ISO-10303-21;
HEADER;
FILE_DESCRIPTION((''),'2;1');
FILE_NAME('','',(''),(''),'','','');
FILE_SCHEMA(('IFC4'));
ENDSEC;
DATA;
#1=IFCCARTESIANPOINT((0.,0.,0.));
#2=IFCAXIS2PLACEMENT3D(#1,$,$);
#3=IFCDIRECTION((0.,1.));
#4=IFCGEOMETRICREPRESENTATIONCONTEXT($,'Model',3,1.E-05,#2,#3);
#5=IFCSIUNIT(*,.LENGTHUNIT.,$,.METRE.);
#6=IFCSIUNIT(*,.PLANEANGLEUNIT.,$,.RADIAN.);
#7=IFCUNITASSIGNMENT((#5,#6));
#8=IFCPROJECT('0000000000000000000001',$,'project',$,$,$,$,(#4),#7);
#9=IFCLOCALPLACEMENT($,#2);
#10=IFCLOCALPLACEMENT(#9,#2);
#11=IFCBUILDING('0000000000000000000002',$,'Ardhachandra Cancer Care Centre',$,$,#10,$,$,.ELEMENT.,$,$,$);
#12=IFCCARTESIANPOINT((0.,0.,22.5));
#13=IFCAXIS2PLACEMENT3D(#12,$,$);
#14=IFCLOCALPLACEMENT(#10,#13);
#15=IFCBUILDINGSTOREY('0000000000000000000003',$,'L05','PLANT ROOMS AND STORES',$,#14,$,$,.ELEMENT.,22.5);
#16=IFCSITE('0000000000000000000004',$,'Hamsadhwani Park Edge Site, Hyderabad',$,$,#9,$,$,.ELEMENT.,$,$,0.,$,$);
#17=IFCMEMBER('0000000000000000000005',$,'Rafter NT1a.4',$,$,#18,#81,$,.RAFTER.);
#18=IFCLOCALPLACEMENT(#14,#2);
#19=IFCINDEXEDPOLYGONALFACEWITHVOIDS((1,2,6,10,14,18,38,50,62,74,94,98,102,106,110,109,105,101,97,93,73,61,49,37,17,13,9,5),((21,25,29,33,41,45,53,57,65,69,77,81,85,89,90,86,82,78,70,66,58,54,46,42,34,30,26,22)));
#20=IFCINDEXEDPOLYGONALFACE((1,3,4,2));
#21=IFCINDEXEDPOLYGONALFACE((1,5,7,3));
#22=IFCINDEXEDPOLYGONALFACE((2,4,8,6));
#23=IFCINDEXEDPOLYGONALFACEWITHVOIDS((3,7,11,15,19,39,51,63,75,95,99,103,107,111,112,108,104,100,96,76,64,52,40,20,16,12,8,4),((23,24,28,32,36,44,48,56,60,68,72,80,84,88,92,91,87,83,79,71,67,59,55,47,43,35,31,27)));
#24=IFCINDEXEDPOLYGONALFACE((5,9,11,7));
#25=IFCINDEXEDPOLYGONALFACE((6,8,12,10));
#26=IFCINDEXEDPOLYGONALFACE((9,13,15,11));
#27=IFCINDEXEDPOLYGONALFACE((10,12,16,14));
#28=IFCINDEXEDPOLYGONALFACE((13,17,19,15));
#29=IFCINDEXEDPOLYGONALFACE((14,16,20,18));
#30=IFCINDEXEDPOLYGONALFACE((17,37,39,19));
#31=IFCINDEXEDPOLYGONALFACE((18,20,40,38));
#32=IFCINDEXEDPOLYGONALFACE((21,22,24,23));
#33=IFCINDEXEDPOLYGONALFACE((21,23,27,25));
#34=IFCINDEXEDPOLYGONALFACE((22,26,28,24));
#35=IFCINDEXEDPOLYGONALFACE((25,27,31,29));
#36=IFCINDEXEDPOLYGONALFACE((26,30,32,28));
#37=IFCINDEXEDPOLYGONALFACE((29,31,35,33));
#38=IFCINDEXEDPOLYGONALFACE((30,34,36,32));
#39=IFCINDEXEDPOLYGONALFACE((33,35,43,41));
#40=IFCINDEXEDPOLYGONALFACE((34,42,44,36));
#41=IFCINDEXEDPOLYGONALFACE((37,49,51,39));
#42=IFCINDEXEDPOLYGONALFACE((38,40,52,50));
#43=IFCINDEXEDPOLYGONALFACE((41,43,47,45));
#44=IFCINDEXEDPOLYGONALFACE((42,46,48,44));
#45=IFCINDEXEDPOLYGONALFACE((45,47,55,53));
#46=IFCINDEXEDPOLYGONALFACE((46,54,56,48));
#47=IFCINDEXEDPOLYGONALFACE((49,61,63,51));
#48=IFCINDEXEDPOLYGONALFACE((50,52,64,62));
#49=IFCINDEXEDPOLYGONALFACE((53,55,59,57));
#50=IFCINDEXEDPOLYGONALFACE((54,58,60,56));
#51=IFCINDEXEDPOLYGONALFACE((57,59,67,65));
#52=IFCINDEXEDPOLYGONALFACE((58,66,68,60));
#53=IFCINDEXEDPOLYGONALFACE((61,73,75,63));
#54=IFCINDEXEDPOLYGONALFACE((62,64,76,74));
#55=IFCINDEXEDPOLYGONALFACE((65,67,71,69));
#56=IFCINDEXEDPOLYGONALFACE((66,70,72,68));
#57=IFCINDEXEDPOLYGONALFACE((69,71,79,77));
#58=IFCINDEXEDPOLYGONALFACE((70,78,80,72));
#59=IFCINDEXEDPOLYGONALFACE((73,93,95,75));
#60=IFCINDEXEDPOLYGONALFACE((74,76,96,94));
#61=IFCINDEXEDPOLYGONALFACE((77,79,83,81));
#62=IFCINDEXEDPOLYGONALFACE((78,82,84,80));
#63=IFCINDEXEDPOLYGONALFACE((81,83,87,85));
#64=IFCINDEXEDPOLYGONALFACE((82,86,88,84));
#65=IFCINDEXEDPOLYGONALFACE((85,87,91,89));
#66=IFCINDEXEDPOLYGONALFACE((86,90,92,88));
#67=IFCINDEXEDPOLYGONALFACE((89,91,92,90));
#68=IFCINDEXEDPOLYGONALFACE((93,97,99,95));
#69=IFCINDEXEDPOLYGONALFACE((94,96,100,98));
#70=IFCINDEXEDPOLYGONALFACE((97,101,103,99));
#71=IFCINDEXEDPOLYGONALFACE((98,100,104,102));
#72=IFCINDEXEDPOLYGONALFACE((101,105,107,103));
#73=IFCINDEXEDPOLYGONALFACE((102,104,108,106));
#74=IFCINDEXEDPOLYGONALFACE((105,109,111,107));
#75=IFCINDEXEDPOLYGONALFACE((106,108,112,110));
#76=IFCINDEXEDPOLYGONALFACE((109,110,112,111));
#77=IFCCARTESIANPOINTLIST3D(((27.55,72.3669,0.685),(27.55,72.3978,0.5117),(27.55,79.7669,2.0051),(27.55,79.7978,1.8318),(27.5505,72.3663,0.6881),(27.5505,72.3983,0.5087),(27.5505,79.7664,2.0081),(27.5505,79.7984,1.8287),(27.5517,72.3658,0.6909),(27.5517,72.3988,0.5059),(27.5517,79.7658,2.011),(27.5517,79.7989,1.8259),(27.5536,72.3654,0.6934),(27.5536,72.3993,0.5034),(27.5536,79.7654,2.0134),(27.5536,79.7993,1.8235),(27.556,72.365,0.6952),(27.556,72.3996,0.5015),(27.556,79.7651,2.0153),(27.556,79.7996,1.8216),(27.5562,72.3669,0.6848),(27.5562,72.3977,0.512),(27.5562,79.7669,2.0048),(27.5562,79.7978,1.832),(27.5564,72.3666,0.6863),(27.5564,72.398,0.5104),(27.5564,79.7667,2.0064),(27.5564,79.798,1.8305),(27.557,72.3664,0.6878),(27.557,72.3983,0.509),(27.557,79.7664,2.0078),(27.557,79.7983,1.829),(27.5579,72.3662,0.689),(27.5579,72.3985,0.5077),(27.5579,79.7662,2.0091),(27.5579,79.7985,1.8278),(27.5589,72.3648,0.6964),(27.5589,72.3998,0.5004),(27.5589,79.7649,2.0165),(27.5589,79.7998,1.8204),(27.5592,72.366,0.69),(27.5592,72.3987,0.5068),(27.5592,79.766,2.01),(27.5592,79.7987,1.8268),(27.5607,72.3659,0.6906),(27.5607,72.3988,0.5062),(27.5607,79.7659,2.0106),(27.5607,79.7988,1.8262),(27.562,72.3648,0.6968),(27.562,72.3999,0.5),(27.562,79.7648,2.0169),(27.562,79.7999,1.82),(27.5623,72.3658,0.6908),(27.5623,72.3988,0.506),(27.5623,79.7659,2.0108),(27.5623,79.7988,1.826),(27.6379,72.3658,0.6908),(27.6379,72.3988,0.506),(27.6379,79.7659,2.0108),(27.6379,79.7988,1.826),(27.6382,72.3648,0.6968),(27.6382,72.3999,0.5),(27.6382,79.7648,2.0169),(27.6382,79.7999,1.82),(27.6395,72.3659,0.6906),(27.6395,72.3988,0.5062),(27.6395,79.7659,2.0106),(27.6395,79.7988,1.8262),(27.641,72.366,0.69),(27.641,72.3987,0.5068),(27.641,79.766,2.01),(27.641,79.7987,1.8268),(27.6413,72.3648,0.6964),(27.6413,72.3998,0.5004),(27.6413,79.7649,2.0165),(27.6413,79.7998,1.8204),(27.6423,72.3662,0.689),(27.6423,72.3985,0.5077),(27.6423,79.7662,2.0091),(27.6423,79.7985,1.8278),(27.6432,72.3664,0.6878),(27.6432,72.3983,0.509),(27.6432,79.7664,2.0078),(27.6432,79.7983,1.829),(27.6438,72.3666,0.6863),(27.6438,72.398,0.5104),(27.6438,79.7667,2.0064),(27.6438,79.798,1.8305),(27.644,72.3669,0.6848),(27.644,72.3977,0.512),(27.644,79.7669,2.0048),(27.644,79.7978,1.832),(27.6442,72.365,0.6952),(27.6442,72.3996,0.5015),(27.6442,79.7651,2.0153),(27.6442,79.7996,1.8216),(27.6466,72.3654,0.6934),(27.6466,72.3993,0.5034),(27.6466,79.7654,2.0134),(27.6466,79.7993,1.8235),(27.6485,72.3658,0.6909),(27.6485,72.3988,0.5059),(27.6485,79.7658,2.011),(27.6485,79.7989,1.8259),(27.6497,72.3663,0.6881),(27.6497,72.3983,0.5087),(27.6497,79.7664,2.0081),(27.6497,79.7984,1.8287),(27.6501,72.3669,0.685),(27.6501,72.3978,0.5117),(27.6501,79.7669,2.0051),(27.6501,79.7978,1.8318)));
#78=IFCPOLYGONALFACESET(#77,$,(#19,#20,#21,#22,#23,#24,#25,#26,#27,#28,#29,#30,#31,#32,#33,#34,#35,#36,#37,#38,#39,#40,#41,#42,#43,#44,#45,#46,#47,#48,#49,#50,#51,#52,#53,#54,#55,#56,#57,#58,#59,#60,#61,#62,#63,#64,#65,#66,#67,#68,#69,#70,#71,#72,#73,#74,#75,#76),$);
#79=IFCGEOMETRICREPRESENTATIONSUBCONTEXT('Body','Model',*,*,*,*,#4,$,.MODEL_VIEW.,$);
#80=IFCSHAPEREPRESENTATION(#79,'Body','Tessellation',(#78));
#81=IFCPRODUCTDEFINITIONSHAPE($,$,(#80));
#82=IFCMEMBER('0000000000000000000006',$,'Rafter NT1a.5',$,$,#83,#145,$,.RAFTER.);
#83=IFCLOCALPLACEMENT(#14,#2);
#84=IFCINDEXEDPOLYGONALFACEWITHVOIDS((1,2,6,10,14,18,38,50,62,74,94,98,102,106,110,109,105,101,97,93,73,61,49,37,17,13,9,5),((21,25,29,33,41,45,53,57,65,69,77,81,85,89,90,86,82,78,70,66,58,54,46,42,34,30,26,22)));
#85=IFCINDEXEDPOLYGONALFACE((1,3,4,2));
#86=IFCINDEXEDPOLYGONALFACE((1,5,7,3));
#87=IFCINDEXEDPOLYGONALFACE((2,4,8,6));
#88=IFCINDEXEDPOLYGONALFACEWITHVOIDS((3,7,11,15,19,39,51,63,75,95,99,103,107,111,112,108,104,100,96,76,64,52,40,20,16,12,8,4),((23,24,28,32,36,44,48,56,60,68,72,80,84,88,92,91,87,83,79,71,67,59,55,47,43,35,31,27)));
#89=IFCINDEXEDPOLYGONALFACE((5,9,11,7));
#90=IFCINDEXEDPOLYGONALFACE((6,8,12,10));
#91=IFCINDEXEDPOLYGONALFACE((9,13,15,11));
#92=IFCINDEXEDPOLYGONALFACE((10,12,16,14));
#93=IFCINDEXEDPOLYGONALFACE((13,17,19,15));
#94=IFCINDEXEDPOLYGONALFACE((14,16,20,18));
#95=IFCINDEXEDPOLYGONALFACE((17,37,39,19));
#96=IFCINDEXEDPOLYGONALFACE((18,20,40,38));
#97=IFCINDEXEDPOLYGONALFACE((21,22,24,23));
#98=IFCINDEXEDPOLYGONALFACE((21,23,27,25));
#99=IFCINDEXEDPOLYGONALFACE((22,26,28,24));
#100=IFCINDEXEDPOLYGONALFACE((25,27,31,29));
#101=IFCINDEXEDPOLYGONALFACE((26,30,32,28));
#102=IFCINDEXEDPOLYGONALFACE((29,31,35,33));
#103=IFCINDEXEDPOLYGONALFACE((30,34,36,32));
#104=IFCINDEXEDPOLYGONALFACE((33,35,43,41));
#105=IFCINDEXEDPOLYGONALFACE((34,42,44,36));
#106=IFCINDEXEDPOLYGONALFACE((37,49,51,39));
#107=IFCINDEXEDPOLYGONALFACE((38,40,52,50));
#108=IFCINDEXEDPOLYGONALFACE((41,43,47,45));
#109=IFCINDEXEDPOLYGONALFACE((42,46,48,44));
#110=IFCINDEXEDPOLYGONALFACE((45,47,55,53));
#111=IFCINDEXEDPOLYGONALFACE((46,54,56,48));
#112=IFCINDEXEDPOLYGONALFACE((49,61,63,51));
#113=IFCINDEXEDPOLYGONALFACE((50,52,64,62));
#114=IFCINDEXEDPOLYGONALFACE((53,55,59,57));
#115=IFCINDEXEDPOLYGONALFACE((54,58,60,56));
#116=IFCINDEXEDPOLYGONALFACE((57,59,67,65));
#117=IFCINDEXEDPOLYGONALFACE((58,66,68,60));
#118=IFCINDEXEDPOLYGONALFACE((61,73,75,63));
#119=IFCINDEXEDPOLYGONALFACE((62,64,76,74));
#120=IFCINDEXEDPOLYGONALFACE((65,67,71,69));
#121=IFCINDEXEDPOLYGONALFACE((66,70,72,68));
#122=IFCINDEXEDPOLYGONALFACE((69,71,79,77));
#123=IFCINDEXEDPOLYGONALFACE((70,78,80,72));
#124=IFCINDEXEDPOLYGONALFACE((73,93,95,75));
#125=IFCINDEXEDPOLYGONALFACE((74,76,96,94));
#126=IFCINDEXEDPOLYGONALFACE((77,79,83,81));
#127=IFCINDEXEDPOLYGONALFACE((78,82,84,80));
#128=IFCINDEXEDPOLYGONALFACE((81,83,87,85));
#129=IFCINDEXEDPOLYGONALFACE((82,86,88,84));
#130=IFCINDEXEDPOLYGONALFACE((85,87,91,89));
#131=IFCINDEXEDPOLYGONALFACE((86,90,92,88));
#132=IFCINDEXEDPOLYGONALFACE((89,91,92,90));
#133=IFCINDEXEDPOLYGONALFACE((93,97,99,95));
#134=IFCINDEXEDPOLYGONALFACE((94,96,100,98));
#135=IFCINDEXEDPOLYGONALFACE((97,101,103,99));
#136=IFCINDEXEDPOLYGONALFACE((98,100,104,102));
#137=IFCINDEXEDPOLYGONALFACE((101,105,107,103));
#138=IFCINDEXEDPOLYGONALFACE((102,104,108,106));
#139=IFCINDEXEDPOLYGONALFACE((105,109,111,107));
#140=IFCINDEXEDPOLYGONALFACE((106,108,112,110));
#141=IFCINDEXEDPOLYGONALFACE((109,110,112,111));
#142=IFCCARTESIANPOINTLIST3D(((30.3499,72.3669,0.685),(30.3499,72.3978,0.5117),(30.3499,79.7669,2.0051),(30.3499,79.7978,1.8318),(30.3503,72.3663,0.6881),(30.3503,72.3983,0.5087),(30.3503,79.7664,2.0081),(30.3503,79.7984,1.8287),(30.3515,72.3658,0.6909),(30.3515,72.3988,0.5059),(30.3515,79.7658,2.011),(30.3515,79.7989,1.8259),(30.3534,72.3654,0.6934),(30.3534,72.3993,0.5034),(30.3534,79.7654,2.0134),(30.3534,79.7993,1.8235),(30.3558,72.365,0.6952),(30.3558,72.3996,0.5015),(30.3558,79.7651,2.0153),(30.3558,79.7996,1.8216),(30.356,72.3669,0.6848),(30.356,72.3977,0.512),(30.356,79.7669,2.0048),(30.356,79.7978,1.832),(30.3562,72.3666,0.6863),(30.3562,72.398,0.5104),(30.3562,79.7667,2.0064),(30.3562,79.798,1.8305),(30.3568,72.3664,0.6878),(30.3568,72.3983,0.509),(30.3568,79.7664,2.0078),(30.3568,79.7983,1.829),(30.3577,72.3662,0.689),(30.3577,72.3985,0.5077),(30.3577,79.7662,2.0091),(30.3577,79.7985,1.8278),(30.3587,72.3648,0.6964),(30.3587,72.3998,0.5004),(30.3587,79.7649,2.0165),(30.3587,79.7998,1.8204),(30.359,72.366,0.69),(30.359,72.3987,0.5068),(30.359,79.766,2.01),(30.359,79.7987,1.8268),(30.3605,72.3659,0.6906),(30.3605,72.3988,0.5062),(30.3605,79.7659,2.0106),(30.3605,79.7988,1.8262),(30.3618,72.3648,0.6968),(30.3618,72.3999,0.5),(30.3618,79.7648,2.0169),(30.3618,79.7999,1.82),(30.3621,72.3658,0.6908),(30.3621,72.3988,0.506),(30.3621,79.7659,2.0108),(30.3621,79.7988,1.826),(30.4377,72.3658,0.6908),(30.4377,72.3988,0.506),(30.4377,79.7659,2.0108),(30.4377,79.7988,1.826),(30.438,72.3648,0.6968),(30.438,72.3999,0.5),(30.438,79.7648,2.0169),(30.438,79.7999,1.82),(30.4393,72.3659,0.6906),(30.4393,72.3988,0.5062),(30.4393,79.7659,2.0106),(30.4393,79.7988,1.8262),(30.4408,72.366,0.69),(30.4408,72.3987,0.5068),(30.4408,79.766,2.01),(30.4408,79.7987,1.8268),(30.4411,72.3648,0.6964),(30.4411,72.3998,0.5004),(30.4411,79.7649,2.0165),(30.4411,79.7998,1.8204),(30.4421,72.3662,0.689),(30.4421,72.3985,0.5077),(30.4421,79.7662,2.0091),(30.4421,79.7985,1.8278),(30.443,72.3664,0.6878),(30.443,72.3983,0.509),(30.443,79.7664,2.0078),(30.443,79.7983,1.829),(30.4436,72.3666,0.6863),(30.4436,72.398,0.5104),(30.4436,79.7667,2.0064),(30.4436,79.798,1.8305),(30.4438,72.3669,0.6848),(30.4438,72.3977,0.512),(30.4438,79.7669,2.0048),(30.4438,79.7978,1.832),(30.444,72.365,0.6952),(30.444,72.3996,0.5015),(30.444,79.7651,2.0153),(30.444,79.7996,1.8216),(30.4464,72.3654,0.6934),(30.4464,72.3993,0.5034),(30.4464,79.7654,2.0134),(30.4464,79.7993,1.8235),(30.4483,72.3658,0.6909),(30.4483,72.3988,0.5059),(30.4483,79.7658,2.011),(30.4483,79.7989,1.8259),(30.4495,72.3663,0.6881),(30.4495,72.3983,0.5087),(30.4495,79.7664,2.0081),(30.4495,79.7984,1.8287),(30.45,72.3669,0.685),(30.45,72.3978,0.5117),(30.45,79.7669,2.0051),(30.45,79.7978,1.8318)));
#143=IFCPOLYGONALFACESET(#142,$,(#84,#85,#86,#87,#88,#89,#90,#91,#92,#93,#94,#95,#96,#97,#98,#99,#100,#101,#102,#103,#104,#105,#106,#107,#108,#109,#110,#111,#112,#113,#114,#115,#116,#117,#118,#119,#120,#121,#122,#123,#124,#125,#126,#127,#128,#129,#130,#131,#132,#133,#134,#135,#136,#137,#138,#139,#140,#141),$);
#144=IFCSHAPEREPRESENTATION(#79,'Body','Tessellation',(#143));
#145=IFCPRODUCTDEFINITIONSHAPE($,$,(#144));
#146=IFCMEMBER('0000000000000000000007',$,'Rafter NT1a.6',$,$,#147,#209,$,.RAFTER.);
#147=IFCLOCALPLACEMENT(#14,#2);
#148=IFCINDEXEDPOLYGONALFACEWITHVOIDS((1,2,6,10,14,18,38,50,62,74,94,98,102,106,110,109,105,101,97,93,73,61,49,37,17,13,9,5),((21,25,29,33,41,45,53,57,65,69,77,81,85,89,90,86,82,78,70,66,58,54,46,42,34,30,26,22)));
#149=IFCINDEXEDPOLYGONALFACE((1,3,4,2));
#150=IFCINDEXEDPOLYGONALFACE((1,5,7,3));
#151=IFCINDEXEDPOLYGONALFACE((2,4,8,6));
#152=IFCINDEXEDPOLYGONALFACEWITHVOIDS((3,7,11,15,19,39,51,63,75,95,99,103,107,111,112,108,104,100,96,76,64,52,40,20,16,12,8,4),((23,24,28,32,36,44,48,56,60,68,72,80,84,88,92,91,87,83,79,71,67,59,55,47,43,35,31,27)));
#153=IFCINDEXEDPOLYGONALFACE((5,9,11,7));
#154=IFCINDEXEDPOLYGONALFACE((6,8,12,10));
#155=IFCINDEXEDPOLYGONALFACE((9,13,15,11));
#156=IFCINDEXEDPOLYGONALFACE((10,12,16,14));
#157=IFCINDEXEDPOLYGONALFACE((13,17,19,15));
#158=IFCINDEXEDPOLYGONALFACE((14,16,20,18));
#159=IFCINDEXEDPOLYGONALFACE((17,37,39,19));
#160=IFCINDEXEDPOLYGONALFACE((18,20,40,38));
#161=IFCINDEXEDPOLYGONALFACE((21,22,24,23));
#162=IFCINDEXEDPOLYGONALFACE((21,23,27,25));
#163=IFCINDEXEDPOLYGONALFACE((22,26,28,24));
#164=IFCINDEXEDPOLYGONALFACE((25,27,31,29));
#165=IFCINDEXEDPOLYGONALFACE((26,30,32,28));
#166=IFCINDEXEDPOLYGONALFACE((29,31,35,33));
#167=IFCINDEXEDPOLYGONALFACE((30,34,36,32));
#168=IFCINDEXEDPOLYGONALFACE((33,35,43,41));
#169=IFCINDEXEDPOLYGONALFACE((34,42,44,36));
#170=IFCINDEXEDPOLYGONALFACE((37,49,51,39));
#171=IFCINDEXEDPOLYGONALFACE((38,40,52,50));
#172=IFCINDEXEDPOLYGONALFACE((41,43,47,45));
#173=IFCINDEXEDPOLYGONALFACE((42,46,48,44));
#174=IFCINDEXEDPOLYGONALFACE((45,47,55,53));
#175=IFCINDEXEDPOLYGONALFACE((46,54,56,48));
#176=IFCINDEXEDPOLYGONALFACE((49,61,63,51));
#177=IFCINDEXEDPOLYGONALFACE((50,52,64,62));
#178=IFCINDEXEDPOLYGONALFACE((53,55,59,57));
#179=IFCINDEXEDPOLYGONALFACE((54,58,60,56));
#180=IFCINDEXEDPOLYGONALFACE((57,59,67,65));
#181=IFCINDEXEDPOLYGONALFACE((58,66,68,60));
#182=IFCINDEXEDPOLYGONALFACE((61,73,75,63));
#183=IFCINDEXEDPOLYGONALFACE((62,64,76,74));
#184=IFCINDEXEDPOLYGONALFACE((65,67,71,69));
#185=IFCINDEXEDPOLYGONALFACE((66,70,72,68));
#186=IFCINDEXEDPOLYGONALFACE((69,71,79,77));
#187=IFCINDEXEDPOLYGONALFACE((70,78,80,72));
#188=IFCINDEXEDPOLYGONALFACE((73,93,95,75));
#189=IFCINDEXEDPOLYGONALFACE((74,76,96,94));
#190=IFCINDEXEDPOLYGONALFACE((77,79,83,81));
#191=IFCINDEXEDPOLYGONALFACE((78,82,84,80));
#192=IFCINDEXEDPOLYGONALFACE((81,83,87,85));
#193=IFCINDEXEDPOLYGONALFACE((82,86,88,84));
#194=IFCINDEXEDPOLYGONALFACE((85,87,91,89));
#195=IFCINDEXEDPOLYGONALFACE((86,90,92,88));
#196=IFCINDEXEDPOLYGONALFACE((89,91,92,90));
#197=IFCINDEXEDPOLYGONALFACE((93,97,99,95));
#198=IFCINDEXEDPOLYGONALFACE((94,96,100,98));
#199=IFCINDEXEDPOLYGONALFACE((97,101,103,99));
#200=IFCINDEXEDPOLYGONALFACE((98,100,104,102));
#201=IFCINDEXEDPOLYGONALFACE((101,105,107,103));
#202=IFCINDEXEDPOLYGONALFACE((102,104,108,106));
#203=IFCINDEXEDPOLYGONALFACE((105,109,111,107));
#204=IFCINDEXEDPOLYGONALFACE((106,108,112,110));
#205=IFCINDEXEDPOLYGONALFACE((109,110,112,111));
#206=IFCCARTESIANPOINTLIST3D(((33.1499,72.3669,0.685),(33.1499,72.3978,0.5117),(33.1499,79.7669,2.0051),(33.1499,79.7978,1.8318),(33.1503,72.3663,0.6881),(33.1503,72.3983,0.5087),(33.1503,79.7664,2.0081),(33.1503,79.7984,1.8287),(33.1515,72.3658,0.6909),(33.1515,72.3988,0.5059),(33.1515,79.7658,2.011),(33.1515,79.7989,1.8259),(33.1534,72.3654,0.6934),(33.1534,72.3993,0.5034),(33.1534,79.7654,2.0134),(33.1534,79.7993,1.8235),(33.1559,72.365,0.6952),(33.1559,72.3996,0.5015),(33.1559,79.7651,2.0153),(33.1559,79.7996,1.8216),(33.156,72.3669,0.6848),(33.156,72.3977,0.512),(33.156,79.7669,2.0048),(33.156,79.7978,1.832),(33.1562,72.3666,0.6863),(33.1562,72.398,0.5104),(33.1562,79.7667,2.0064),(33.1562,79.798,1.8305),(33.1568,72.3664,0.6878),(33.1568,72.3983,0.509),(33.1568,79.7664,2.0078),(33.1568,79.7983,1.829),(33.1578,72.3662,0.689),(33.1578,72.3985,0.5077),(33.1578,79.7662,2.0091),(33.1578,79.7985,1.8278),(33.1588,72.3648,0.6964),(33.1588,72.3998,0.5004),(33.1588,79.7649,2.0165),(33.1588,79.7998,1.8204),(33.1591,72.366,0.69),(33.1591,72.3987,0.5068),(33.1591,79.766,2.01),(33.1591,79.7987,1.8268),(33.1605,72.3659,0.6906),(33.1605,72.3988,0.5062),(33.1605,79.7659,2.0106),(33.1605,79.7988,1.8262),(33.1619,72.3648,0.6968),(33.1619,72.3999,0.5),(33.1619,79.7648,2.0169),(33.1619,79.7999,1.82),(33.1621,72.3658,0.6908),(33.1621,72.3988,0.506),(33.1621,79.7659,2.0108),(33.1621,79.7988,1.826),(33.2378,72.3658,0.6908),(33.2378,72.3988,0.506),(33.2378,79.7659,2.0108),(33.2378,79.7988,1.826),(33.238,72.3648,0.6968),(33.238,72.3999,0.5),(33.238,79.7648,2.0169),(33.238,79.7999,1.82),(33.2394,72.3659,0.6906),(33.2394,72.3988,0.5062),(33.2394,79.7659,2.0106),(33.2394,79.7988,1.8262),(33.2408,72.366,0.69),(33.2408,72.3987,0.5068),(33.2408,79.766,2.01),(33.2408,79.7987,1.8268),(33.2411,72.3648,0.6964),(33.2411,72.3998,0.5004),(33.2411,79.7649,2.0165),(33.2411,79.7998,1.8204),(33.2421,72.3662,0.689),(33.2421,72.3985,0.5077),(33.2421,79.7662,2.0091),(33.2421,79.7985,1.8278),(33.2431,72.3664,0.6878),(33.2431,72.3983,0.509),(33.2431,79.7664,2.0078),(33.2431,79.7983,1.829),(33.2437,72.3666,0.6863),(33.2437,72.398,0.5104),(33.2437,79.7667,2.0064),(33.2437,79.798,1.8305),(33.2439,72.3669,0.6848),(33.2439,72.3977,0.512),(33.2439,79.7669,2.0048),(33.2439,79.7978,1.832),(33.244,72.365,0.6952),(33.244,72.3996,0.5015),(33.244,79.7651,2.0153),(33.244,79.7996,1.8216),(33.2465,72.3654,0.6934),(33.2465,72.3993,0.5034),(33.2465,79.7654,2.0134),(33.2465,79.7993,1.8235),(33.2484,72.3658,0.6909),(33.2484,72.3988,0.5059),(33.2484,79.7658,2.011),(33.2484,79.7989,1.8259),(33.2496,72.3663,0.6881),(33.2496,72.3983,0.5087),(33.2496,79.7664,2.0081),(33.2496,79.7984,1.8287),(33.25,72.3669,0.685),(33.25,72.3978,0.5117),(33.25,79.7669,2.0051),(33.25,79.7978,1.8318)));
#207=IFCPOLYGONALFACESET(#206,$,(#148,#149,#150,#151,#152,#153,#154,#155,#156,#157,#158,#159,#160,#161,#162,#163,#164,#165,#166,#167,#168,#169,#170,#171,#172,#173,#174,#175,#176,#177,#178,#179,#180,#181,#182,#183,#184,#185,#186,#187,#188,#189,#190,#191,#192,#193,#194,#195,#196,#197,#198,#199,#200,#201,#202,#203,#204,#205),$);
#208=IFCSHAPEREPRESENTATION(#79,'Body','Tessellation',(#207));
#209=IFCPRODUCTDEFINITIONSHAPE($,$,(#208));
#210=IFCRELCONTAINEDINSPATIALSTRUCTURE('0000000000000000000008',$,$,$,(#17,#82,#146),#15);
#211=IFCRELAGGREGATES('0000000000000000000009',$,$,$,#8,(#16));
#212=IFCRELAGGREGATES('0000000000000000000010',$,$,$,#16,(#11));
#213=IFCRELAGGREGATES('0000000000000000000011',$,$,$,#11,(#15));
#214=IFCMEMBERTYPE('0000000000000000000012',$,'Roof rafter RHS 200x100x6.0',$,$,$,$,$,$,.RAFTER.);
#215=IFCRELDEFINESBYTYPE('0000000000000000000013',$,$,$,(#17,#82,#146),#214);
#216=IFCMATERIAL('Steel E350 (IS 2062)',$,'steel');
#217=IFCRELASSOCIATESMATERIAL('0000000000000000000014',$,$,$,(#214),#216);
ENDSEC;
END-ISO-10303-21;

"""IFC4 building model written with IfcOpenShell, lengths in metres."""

from ifc_helpers import new_model, si_unit, direction, frame, origin, origin_2d, place, context, subcontext, project, spatial, hollow_rectangle, extrude, material, material_profile, profile_set, type_object, element, save


model = new_model("IFC4")

# Units and contexts
model_context = context("Model", 3, precision=1e-05, world=origin(), true_north=direction((0.0, 1.0)))
body_context = subcontext(model_context, "Body", "Model", "MODEL_VIEW")
ifc_project = project(units=[si_unit("LENGTHUNIT", "METRE"), si_unit("PLANEANGLEUNIT", "RADIAN")], contexts=[model_context])

# Site, building, storey
site_placement = place(None, origin())
site = spatial("IfcSite", under=ifc_project, at=site_placement, Name="Hamsadhwani Park Edge Site, Hyderabad", CompositionType="ELEMENT", RefElevation=0.0)
building_placement = place(site_placement, origin())
building = spatial("IfcBuilding", under=site, at=building_placement, Name="Ardhachandra Cancer Care Centre", CompositionType="ELEMENT")
storey_placement = place(building_placement, frame((0.0, 0.0, 22.5)))
storey = spatial("IfcBuildingStorey", under=building, at=storey_placement, Name="L05", Description="PLANT ROOMS AND STORES", CompositionType="ELEMENT", Elevation=22.5)

# Members
ifc_material_1 = material(Name="Steel E350 (IS 2062)", Category="steel")
ifc_material_profile_1 = material_profile(ifc_material_1, hollow_rectangle(XDim=0.1001, YDim=0.2, WallThickness=0.0061, InnerFilletRadius=0.0061, OuterFilletRadius=0.012, at=origin_2d()), Name="RHS 200x100x6.0")
ifc_profile_set_1 = profile_set([ifc_material_profile_1], Name="Steel E350 (IS 2062)")
member_type_1 = type_object("IfcMemberType", Name="Roof rafter RHS 200x100x6.0", PredefinedType="RAFTER", material=ifc_profile_set_1)
for number, where, z_axis, x_axis, name in (
    (1, (27.6001, 72.3823, 0.5984), (0.0, 0.984459, 0.175612), (-1.0, 0.0, 0.0), "Rafter NT1a.4"),
    (2, (30.3999, 72.3823, 0.5984), (0.0, 0.984459, 0.175612), (-1.0, 0.0, 0.0), "Rafter NT1a.5"),
    (3, (33.2, 72.3823, 0.5984), (0.0, 0.984459, 0.175612), (-1.0, 0.0, 0.0), "Rafter NT1a.6"),
):
    element("IfcMember", number, at=place(storey_placement, frame(where, z_axis=z_axis, x_axis=x_axis)), inside=storey, type_object=member_type_1, Name=name, PredefinedType="RAFTER", context=body_context, shape_type="SweptSolid", body=[
        extrude(hollow_rectangle(XDim=0.1001, YDim=0.2, WallThickness=0.0061, InnerFilletRadius=0.0061, OuterFilletRadius=0.012, at=origin_2d()), origin(), (0.0, 0.0, 1.0), 7.5168),
    ])

save(model, "model.ifc")
